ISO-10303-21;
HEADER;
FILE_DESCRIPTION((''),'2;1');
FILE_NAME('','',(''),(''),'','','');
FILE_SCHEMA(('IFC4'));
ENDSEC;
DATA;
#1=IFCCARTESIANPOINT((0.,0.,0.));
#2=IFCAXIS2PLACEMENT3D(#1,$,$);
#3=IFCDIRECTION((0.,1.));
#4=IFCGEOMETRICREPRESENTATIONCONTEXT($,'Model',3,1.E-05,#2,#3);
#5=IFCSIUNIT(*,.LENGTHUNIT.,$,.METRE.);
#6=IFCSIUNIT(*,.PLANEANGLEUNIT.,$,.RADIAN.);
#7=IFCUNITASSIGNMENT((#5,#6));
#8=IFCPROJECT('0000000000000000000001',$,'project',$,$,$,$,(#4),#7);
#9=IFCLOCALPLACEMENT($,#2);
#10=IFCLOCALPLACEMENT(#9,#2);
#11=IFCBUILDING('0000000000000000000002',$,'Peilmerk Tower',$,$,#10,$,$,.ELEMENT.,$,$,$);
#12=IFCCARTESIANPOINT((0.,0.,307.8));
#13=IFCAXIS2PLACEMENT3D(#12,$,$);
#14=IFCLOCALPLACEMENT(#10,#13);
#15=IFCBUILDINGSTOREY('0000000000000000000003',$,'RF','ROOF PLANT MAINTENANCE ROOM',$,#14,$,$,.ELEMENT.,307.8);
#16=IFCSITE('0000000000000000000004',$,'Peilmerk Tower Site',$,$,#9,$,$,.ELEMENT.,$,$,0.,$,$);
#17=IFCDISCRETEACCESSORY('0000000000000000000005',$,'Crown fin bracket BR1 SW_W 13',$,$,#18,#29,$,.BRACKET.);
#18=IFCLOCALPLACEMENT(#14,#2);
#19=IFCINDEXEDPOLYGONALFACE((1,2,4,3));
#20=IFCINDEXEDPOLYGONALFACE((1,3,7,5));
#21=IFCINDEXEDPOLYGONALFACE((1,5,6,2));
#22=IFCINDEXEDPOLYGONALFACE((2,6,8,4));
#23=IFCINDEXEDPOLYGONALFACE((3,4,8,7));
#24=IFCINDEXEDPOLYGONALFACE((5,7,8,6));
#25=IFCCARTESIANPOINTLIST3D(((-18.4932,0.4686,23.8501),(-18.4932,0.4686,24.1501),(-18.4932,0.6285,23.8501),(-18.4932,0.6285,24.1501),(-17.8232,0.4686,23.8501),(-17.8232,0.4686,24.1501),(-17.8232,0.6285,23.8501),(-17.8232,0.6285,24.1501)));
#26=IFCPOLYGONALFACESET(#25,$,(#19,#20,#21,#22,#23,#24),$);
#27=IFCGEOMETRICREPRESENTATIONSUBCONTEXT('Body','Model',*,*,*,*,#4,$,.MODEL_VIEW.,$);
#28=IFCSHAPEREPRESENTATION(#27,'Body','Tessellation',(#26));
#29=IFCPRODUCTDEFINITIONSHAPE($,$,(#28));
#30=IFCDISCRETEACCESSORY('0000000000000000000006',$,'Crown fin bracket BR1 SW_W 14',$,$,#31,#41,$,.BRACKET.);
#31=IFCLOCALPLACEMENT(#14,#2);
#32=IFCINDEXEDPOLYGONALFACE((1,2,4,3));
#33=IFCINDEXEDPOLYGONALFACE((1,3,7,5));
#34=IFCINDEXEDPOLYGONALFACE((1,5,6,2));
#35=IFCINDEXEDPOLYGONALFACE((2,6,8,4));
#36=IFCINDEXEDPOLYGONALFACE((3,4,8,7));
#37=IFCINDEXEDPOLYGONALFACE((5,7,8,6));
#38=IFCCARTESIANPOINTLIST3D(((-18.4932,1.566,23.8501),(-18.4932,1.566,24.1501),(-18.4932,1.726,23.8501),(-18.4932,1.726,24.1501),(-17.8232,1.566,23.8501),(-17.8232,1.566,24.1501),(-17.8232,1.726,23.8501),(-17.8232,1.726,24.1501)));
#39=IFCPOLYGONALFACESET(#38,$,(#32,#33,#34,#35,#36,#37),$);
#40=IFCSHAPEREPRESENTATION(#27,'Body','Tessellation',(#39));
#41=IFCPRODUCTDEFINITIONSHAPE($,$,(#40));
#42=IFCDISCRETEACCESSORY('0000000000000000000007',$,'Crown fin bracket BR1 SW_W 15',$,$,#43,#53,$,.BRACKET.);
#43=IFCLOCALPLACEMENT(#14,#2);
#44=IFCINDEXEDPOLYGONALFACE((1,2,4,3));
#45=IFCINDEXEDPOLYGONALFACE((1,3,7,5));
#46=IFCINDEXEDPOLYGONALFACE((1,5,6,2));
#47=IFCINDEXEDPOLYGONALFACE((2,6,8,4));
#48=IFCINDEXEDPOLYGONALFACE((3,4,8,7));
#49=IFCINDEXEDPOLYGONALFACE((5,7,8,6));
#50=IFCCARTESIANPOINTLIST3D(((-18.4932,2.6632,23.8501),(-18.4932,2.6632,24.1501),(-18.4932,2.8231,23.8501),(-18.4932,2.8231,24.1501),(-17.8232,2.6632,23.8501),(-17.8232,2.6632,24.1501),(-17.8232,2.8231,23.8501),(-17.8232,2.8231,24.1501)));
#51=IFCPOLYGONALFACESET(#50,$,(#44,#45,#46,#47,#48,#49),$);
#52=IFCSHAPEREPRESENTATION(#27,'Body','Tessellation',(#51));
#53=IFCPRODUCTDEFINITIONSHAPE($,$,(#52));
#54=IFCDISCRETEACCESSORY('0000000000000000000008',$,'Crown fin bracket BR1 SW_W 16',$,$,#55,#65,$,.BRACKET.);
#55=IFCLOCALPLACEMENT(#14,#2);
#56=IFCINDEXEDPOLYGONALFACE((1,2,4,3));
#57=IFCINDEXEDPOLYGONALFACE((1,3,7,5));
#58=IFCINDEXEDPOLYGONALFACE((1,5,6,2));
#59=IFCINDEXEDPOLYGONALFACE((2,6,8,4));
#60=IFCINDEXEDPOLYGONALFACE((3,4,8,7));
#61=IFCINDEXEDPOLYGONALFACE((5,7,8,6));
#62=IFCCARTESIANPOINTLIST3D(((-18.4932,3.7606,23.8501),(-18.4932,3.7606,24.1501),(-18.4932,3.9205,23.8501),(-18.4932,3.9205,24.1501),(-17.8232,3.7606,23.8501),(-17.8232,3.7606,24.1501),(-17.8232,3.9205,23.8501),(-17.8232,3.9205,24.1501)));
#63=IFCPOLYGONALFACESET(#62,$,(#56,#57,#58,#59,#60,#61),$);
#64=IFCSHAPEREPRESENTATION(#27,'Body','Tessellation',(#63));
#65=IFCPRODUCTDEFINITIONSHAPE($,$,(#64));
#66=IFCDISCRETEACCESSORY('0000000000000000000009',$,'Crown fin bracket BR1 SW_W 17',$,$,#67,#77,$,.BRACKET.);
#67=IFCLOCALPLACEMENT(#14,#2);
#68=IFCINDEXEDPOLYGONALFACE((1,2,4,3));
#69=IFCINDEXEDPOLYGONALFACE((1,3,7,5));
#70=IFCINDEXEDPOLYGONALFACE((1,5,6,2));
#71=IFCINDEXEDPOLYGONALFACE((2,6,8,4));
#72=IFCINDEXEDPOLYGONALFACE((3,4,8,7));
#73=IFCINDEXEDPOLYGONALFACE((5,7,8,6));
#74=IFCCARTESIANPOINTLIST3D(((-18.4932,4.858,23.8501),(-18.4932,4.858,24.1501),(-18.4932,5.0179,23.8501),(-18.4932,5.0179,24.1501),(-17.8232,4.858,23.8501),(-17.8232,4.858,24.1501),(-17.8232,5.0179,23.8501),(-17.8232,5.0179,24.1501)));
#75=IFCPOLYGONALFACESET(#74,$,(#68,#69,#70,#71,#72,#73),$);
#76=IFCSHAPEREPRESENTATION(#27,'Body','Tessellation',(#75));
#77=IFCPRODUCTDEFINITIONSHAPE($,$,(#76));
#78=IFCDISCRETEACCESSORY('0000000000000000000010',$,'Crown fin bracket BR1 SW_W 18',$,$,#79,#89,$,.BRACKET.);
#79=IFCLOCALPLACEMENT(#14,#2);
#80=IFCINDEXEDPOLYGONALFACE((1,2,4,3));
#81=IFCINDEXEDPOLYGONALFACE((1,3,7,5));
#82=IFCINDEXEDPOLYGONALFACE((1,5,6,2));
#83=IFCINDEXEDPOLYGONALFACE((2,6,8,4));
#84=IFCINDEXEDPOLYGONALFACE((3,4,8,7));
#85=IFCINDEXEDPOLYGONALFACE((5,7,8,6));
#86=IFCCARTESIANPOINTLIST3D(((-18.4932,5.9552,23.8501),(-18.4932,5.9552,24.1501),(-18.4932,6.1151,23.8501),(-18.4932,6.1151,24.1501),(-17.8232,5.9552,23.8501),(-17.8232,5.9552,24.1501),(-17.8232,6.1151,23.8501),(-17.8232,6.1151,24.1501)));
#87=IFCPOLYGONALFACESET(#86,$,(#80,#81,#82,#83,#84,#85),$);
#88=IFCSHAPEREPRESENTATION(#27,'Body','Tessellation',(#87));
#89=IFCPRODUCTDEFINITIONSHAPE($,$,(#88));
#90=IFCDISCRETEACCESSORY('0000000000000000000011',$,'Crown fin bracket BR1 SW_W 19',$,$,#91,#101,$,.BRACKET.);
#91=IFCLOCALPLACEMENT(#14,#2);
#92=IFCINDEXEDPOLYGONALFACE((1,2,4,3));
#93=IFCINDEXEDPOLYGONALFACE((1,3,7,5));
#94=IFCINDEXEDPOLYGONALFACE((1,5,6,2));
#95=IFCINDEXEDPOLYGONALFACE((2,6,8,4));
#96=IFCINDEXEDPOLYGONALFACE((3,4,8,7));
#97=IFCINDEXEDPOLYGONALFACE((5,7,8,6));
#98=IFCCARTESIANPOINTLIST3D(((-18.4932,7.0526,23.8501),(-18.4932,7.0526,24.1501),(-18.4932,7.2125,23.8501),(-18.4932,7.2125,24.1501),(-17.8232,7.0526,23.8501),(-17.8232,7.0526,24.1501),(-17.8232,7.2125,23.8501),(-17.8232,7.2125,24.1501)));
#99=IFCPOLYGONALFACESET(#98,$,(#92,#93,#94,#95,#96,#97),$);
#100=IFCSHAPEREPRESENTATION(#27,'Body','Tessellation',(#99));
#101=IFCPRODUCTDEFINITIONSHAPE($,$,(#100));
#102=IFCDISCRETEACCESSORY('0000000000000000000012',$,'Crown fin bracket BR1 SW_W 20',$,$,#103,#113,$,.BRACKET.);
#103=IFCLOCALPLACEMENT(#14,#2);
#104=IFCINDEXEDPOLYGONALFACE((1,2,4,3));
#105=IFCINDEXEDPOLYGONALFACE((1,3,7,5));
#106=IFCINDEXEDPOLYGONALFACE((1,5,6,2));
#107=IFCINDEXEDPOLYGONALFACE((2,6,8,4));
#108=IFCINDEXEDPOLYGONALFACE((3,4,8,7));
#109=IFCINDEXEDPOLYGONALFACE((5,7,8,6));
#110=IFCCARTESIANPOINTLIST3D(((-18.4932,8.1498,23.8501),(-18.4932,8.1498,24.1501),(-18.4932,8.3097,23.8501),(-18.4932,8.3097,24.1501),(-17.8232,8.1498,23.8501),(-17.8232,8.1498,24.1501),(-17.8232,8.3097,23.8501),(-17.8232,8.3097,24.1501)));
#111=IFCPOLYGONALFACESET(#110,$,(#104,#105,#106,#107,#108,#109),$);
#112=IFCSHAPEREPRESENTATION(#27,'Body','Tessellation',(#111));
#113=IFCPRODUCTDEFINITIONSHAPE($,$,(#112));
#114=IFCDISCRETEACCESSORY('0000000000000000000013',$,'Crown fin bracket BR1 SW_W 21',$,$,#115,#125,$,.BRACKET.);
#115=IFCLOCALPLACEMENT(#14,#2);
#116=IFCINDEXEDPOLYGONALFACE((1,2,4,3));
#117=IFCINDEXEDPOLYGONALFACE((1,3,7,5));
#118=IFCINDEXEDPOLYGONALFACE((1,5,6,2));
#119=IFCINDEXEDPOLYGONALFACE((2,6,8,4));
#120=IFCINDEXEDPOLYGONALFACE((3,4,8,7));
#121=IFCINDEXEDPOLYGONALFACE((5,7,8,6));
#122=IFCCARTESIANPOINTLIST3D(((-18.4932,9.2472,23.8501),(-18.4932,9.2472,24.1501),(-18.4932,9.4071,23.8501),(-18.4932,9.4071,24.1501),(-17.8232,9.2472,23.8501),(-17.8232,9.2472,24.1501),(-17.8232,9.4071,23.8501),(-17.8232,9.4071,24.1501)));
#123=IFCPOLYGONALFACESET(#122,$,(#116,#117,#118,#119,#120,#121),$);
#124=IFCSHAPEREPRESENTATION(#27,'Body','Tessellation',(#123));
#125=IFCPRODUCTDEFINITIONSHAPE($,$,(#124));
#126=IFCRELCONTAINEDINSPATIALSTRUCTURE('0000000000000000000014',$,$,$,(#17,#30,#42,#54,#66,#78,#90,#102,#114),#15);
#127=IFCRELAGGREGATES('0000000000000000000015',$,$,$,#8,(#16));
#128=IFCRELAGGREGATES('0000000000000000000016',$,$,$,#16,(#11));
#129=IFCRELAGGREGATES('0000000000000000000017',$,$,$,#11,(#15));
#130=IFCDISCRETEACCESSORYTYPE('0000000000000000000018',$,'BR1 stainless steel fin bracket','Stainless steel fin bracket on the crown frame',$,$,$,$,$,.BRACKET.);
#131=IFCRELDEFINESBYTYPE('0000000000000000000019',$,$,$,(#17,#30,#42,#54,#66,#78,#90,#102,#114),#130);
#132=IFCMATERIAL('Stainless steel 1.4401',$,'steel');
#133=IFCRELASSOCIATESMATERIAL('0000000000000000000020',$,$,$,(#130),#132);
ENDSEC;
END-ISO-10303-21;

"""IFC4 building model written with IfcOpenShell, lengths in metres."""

from ifc_helpers import new_model, si_unit, direction, frame, origin, origin_2d, place, context, subcontext, project, spatial, rectangle, extrude, source, transform, mapped, material, type_object, element, save


model = new_model("IFC4")

# Units and contexts
model_context = context("Model", 3, precision=1e-05, world=origin(), true_north=direction((0.0, 1.0)))
body_context = subcontext(model_context, "Body", "Model", "MODEL_VIEW")
ifc_project = project(units=[si_unit("LENGTHUNIT", "METRE"), si_unit("PLANEANGLEUNIT", "RADIAN")], contexts=[model_context])

# Site, building, storey
site_placement = place(None, origin())
site = spatial("IfcSite", under=ifc_project, at=site_placement, Name="Peilmerk Tower Site", CompositionType="ELEMENT", RefElevation=0.0)
building_placement = place(site_placement, origin())
building = spatial("IfcBuilding", under=site, at=building_placement, Name="Peilmerk Tower", CompositionType="ELEMENT")
storey_placement = place(building_placement, frame((0.0, 0.0, 307.8)))
storey = spatial("IfcBuildingStorey", under=building, at=storey_placement, Name="RF", Description="ROOF PLANT MAINTENANCE ROOM", CompositionType="ELEMENT", Elevation=307.8)

# Discrete accessories
ifc_material_1 = material(Name="Stainless steel 1.4401", Category="steel")
discrete_accessory_type = type_object("IfcDiscreteAccessoryType", Name="BR1 stainless steel fin bracket", Description="Stainless steel fin bracket on the crown frame", PredefinedType="BRACKET", material=ifc_material_1)
shared_shape_1 = source(origin(), body_context, "Body", "SweptSolid", [
    extrude(rectangle(XDim=0.6699, YDim=0.1599, at=origin_2d()), origin(), (0.0, 0.0, 1.0), 0.3),
])
for number, where, z_axis, x_axis, name in (
    (1, (-18.1582, 0.5486, 23.8501), (0.0, 0.0, 1.0), (-1.0, 0.0, 0.0), "Crown fin bracket BR1 SW_W 13"),
    (2, (-18.1582, 1.646, 23.8501), (0.0, 0.0, 1.0), (-1.0, 0.0, 0.0), "Crown fin bracket BR1 SW_W 14"),
    (3, (-18.1582, 2.7432, 23.8501), (0.0, 0.0, 1.0), (-1.0, 0.0, 0.0), "Crown fin bracket BR1 SW_W 15"),
    (4, (-18.1582, 3.8406, 23.8501), (0.0, 0.0, 1.0), (-1.0, 0.0, 0.0), "Crown fin bracket BR1 SW_W 16"),
    (5, (-18.1582, 4.938, 23.8501), (0.0, 0.0, 1.0), (-1.0, 0.0, 0.0), "Crown fin bracket BR1 SW_W 17"),
    (6, (-18.1582, 6.0352, 23.8501), (0.0, 0.0, 1.0), (-1.0, 0.0, 0.0), "Crown fin bracket BR1 SW_W 18"),
    (7, (-18.1582, 7.1326, 23.8501), (0.0, 0.0, 1.0), (-1.0, 0.0, 0.0), "Crown fin bracket BR1 SW_W 19"),
    (8, (-18.1582, 8.2297, 23.8501), (0.0, 0.0, 1.0), (-1.0, 0.0, 0.0), "Crown fin bracket BR1 SW_W 20"),
    (9, (-18.1582, 9.3271, 23.8501), (0.0, 0.0, 1.0), (-1.0, 0.0, 0.0), "Crown fin bracket BR1 SW_W 21"),
):
    element("IfcDiscreteAccessory", number, at=place(storey_placement, frame(where, z_axis=z_axis, x_axis=x_axis)), inside=storey, type_object=discrete_accessory_type, Name=name, PredefinedType="BRACKET", context=body_context, shape_type="MappedRepresentation", body=[
        mapped(shared_shape_1, transform((0.0, 0.0, 0.0), scale=1.0)),
    ])

save(model, "model.ifc")
